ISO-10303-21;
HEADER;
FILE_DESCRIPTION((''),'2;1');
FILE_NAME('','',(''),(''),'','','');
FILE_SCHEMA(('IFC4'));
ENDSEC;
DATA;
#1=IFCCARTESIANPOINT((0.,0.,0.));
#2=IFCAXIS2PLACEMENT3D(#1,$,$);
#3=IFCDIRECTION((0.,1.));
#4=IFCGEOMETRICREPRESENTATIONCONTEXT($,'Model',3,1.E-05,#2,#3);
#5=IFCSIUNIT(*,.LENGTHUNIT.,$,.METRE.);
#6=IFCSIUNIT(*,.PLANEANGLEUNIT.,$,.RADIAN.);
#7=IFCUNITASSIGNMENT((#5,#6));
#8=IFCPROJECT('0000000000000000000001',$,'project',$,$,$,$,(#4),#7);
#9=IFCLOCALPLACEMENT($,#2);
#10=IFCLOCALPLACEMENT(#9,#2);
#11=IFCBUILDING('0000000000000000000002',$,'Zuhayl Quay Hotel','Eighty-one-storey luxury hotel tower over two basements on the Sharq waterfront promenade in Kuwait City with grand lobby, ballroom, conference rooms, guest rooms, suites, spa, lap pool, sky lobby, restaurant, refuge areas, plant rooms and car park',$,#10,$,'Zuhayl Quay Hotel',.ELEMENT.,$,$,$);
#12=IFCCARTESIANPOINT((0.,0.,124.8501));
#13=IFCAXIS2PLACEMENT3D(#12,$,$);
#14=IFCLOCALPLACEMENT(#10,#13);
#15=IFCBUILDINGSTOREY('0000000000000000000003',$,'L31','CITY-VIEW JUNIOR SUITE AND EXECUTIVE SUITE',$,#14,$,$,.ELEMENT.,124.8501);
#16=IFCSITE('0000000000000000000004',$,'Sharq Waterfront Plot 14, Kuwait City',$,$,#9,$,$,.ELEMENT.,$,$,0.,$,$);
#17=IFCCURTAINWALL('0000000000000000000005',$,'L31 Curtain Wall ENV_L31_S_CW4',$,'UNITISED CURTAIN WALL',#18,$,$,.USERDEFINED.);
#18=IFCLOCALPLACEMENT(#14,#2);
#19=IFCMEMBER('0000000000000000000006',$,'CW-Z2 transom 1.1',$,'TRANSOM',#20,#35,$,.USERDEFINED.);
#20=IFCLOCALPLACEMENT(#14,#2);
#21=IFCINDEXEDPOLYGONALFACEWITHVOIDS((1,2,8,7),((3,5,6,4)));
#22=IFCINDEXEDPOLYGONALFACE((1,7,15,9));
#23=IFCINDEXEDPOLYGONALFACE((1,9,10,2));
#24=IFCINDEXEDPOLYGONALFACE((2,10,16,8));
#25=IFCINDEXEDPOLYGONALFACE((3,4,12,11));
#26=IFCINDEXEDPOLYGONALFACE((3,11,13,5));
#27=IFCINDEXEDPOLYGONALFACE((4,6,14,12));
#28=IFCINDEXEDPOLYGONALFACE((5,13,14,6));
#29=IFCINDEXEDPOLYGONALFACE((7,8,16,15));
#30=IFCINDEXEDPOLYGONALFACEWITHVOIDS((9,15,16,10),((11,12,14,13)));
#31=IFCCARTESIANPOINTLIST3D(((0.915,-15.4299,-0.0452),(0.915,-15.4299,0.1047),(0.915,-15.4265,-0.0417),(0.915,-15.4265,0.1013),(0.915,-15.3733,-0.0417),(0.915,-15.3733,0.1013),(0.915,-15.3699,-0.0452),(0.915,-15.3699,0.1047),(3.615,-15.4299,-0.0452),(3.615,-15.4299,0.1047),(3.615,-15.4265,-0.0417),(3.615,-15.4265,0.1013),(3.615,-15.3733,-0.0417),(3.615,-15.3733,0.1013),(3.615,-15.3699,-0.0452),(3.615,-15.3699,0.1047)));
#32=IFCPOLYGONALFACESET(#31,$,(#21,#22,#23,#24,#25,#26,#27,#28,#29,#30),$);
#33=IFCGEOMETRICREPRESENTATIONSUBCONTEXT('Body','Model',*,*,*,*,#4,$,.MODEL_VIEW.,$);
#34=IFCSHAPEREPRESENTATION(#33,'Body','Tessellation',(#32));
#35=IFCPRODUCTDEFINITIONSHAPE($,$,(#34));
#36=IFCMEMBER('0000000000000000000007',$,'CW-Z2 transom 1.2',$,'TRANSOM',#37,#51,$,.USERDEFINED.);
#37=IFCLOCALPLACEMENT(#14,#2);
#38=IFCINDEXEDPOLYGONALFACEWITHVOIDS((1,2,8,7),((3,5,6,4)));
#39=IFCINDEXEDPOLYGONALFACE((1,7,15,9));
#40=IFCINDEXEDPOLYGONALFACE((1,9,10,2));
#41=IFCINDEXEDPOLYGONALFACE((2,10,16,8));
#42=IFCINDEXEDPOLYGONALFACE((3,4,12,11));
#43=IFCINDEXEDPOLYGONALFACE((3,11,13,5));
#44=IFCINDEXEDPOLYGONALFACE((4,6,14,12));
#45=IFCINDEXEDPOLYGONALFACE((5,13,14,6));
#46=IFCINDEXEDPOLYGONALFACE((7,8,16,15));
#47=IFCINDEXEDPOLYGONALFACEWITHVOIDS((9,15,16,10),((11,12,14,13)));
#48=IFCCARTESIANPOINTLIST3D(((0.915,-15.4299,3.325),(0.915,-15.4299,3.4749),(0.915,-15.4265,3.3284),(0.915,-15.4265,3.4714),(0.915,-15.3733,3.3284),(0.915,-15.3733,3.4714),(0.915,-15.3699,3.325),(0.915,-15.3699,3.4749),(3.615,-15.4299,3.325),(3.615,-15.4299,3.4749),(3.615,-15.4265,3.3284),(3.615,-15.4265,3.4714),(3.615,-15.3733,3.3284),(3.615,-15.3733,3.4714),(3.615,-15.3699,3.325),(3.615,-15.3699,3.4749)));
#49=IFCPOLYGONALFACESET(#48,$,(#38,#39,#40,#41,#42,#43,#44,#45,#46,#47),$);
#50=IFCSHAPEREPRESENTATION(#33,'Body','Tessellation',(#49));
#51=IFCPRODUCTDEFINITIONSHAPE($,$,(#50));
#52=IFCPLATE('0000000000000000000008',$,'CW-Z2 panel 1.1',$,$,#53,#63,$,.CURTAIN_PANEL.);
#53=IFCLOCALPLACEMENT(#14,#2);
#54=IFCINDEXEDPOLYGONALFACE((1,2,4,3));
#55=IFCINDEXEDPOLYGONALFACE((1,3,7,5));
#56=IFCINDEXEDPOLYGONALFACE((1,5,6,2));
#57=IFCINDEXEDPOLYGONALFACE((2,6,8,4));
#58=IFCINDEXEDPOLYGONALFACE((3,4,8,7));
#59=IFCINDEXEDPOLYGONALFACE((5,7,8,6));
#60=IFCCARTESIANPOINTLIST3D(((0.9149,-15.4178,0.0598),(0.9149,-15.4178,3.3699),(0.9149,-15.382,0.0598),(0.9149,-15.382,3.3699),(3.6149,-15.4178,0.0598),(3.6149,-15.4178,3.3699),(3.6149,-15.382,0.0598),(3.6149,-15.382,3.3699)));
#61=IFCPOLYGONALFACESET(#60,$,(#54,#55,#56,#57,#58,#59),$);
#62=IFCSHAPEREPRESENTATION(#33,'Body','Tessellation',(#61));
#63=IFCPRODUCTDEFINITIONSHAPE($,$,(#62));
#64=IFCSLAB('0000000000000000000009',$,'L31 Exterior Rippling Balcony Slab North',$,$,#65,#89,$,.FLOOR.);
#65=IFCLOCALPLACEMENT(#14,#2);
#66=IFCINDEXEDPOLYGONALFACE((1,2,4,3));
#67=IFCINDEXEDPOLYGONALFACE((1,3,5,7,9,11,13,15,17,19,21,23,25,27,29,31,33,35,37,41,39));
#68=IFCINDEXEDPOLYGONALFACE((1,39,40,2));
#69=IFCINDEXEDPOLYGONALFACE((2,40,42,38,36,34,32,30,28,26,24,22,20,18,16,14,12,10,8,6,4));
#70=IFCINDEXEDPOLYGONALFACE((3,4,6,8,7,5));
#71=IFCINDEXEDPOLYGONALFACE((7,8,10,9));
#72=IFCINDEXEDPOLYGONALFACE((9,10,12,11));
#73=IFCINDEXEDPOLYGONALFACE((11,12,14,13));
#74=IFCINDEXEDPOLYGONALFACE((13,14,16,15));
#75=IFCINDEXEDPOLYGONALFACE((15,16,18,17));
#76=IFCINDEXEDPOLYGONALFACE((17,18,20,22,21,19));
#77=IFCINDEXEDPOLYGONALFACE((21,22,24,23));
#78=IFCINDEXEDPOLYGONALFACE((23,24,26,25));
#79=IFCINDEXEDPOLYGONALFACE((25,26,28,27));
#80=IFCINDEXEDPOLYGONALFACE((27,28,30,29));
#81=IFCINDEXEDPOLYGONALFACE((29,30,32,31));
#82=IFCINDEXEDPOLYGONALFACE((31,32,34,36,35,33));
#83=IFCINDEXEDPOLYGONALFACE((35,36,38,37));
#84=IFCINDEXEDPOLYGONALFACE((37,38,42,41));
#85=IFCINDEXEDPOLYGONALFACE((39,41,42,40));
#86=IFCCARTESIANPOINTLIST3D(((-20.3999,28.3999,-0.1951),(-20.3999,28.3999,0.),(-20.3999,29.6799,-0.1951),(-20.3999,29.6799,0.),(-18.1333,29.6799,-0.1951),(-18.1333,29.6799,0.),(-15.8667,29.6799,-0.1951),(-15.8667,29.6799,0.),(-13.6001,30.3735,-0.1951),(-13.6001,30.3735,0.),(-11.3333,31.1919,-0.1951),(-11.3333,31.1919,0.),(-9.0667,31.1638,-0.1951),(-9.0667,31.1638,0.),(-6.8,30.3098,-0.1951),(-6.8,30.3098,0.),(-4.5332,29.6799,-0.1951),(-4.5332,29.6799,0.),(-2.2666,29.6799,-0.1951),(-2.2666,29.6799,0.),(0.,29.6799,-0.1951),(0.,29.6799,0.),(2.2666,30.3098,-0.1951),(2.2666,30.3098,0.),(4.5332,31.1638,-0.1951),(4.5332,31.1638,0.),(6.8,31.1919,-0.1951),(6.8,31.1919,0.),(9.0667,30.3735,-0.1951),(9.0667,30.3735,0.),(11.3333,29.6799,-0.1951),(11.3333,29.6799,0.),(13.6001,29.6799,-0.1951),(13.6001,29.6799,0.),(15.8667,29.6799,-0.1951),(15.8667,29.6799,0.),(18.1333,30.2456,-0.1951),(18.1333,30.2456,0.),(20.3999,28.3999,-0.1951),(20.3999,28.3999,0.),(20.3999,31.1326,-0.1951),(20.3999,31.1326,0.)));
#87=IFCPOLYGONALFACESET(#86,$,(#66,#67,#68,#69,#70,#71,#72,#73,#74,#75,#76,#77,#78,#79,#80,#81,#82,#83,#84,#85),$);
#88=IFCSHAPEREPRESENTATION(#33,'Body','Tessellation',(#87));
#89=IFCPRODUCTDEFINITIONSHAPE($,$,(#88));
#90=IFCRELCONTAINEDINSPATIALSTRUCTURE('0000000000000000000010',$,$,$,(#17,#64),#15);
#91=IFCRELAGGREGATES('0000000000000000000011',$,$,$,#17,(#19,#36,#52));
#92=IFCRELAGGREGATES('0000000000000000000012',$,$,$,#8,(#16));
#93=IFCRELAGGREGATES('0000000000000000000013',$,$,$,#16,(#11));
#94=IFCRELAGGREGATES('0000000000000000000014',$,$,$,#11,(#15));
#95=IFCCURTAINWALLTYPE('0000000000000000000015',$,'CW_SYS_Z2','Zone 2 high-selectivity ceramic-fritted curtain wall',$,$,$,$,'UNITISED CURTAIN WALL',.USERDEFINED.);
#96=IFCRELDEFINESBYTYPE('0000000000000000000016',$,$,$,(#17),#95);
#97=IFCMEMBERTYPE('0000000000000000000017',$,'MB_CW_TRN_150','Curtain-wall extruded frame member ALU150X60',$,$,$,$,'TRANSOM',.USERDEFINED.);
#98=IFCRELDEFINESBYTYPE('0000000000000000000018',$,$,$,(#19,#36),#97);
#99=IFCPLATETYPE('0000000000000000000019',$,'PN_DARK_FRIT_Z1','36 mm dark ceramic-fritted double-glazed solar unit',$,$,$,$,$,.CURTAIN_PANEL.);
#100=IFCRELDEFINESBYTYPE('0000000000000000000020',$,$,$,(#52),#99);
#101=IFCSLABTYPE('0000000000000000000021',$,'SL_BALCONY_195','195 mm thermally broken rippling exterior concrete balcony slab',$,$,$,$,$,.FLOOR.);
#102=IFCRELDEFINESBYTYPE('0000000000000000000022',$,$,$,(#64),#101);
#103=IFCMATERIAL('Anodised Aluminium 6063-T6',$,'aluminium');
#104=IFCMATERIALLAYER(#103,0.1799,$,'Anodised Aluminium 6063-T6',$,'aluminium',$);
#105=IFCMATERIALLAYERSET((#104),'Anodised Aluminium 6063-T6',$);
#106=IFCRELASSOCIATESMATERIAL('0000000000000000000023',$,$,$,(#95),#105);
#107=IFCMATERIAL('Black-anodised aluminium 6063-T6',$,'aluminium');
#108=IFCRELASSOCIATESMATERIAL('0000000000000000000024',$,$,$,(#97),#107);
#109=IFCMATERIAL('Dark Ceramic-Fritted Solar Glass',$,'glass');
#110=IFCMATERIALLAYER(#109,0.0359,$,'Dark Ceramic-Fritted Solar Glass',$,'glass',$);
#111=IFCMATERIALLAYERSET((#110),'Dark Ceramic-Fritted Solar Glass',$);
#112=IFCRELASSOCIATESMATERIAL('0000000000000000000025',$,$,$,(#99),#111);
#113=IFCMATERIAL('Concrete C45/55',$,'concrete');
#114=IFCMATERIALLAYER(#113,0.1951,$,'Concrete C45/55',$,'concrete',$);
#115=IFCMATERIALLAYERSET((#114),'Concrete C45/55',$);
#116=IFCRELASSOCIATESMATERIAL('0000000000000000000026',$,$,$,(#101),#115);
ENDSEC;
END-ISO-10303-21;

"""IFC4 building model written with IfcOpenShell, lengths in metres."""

from ifc_helpers import new_model, si_unit, direction, frame, origin, origin_2d, place, context, subcontext, project, spatial, polyline, rectangle, hollow_rectangle, outline, extrude, material, layer, layer_set, material_profile, profile_set, type_object, element, aggregate, save


model = new_model("IFC4")

# Units and contexts
model_context = context("Model", 3, precision=1e-05, world=origin(), true_north=direction((0.0, 1.0)))
body_context = subcontext(model_context, "Body", "Model", "MODEL_VIEW")
ifc_project = project(units=[si_unit("LENGTHUNIT", "METRE"), si_unit("PLANEANGLEUNIT", "RADIAN")], contexts=[model_context])

# Site, building, storey
site_placement = place(None, origin())
site = spatial("IfcSite", under=ifc_project, at=site_placement, Name="Sharq Waterfront Plot 14, Kuwait City", CompositionType="ELEMENT", RefElevation=0.0)
building_placement = place(site_placement, origin())
building = spatial("IfcBuilding", under=site, at=building_placement, Name="Zuhayl Quay Hotel", Description="Eighty-one-storey luxury hotel tower over two basements on the Sharq waterfront promenade in Kuwait City with grand lobby, ballroom, conference rooms, guest rooms, suites, spa, lap pool, sky lobby, restaurant, refuge areas, plant rooms and car park", LongName="Zuhayl Quay Hotel", CompositionType="ELEMENT")
storey_placement = place(building_placement, frame((0.0, 0.0, 124.8501)))
storey = spatial("IfcBuildingStorey", under=building, at=storey_placement, Name="L31", Description="CITY-VIEW JUNIOR SUITE AND EXECUTIVE SUITE", CompositionType="ELEMENT", Elevation=124.8501)

# Curtain wall, members, plate
ifc_material_1 = material(Name="Anodised Aluminium 6063-T6", Category="aluminium")
ifc_layer_1 = layer(ifc_material_1, 0.1799, Name="Anodised Aluminium 6063-T6", Category="aluminium")
ifc_layer_set_1 = layer_set([ifc_layer_1], Name="Anodised Aluminium 6063-T6")
curtain_wall_type = type_object("IfcCurtainWallType", Name="CW_SYS_Z2", Description="Zone 2 high-selectivity ceramic-fritted curtain wall", ElementType="UNITISED CURTAIN WALL", PredefinedType="USERDEFINED", material=ifc_layer_set_1)
curtain_wall_placement = place(storey_placement, origin())
curtain_wall = element("IfcCurtainWall", 1, at=curtain_wall_placement, inside=storey, type_object=curtain_wall_type, Name="L31 Curtain Wall ENV_L31_S_CW4", ObjectType="UNITISED CURTAIN WALL", PredefinedType="USERDEFINED")
ifc_material_2 = material(Name="Black-anodised aluminium 6063-T6", Category="aluminium")
ifc_material_profile_1 = material_profile(ifc_material_2, hollow_rectangle(XDim=0.0601, YDim=0.1499, WallThickness=0.0034, at=origin_2d()), Name="ALU150X60")
ifc_profile_set_1 = profile_set([ifc_material_profile_1], Name="Black-anodised aluminium 6063-T6")
member_type_1 = type_object("IfcMemberType", Name="MB_CW_TRN_150", Description="Curtain-wall extruded frame member ALU150X60", ElementType="TRANSOM", PredefinedType="USERDEFINED", material=ifc_profile_set_1)
member_1_placement = place(storey_placement, frame((3.615, -15.3999, 0.0298), z_axis=(-1.0, 0.0, 0.0), x_axis=(0.0, -1.0, 0.0)))
member_1 = element("IfcMember", 2, at=member_1_placement, type_object=member_type_1, Name="CW-Z2 transom 1.1", ObjectType="TRANSOM", PredefinedType="USERDEFINED", context=body_context, shape_type="SweptSolid", body=[
    extrude(hollow_rectangle(XDim=0.0601, YDim=0.1499, WallThickness=0.0034, at=origin_2d()), origin(), (0.0, 0.0, 1.0), 2.7),
])
member_2_placement = place(storey_placement, frame((3.615, -15.3999, 3.3999), z_axis=(-1.0, 0.0, 0.0), x_axis=(0.0, -1.0, 0.0)))
member_2 = element("IfcMember", 3, at=member_2_placement, type_object=member_type_1, Name="CW-Z2 transom 1.2", ObjectType="TRANSOM", PredefinedType="USERDEFINED", context=body_context, shape_type="SweptSolid", body=[
    extrude(hollow_rectangle(XDim=0.0601, YDim=0.1499, WallThickness=0.0034, at=origin_2d()), origin(), (0.0, 0.0, 1.0), 2.7),
])
ifc_material_3 = material(Name="Dark Ceramic-Fritted Solar Glass", Category="glass")
ifc_layer_2 = layer(ifc_material_3, 0.0359, Name="Dark Ceramic-Fritted Solar Glass", Category="glass")
ifc_layer_set_2 = layer_set([ifc_layer_2], Name="Dark Ceramic-Fritted Solar Glass")
plate_type = type_object("IfcPlateType", Name="PN_DARK_FRIT_Z1", Description="36 mm dark ceramic-fritted double-glazed solar unit", PredefinedType="CURTAIN_PANEL", material=ifc_layer_set_2)
plate_placement = place(storey_placement, frame((2.2649, -15.3999, 0.0598), z_axis=(0.0, 0.0, 1.0), x_axis=(-1.0, 0.0, 0.0)))
plate = element("IfcPlate", 4, at=plate_placement, type_object=plate_type, Name="CW-Z2 panel 1.1", PredefinedType="CURTAIN_PANEL", context=body_context, shape_type="SweptSolid", body=[
    extrude(rectangle(XDim=2.7, YDim=0.0359, at=origin_2d()), origin(), (0.0, 0.0, 1.0), 3.3101),
])
aggregate(curtain_wall, [member_1, member_2, plate])

# Slab
ifc_material_4 = material(Name="Concrete C45/55", Category="concrete")
ifc_layer_3 = layer(ifc_material_4, 0.1951, Name="Concrete C45/55", Category="concrete")
ifc_layer_set_3 = layer_set([ifc_layer_3], Name="Concrete C45/55")
slab_type_1 = type_object("IfcSlabType", Name="SL_BALCONY_195", Description="195 mm thermally broken rippling exterior concrete balcony slab", PredefinedType="FLOOR", material=ifc_layer_set_3)
slab_1_placement = place(storey_placement, frame((0.0, 0.0, -0.1951)))
element("IfcSlab", 5, at=slab_1_placement, inside=storey, type_object=slab_type_1, Name="L31 Exterior Rippling Balcony Slab North", PredefinedType="FLOOR", context=body_context, shape_type="SweptSolid", body=[
    extrude(outline(polyline([(-20.3999, 28.3999), (20.3999, 28.3999), (20.3999, 31.1326), (18.1333, 30.2456), (15.8667, 29.6799), (13.6001, 29.6799), (11.3333, 29.6799), (9.0667, 30.3735), (6.8, 31.1919), (4.5332, 31.1638), (2.2666, 30.3098), (0.0, 29.6799), (-2.2666, 29.6799), (-4.5332, 29.6799), (-6.8, 30.3098), (-9.0667, 31.1638), (-11.3333, 31.1919), (-13.6001, 30.3735), (-15.8667, 29.6799), (-18.1333, 29.6799), (-20.3999, 29.6799), (-20.3999, 28.3999)])), origin(), (0.0, 0.0, 1.0), 0.1951),
])

save(model, "model.ifc")
